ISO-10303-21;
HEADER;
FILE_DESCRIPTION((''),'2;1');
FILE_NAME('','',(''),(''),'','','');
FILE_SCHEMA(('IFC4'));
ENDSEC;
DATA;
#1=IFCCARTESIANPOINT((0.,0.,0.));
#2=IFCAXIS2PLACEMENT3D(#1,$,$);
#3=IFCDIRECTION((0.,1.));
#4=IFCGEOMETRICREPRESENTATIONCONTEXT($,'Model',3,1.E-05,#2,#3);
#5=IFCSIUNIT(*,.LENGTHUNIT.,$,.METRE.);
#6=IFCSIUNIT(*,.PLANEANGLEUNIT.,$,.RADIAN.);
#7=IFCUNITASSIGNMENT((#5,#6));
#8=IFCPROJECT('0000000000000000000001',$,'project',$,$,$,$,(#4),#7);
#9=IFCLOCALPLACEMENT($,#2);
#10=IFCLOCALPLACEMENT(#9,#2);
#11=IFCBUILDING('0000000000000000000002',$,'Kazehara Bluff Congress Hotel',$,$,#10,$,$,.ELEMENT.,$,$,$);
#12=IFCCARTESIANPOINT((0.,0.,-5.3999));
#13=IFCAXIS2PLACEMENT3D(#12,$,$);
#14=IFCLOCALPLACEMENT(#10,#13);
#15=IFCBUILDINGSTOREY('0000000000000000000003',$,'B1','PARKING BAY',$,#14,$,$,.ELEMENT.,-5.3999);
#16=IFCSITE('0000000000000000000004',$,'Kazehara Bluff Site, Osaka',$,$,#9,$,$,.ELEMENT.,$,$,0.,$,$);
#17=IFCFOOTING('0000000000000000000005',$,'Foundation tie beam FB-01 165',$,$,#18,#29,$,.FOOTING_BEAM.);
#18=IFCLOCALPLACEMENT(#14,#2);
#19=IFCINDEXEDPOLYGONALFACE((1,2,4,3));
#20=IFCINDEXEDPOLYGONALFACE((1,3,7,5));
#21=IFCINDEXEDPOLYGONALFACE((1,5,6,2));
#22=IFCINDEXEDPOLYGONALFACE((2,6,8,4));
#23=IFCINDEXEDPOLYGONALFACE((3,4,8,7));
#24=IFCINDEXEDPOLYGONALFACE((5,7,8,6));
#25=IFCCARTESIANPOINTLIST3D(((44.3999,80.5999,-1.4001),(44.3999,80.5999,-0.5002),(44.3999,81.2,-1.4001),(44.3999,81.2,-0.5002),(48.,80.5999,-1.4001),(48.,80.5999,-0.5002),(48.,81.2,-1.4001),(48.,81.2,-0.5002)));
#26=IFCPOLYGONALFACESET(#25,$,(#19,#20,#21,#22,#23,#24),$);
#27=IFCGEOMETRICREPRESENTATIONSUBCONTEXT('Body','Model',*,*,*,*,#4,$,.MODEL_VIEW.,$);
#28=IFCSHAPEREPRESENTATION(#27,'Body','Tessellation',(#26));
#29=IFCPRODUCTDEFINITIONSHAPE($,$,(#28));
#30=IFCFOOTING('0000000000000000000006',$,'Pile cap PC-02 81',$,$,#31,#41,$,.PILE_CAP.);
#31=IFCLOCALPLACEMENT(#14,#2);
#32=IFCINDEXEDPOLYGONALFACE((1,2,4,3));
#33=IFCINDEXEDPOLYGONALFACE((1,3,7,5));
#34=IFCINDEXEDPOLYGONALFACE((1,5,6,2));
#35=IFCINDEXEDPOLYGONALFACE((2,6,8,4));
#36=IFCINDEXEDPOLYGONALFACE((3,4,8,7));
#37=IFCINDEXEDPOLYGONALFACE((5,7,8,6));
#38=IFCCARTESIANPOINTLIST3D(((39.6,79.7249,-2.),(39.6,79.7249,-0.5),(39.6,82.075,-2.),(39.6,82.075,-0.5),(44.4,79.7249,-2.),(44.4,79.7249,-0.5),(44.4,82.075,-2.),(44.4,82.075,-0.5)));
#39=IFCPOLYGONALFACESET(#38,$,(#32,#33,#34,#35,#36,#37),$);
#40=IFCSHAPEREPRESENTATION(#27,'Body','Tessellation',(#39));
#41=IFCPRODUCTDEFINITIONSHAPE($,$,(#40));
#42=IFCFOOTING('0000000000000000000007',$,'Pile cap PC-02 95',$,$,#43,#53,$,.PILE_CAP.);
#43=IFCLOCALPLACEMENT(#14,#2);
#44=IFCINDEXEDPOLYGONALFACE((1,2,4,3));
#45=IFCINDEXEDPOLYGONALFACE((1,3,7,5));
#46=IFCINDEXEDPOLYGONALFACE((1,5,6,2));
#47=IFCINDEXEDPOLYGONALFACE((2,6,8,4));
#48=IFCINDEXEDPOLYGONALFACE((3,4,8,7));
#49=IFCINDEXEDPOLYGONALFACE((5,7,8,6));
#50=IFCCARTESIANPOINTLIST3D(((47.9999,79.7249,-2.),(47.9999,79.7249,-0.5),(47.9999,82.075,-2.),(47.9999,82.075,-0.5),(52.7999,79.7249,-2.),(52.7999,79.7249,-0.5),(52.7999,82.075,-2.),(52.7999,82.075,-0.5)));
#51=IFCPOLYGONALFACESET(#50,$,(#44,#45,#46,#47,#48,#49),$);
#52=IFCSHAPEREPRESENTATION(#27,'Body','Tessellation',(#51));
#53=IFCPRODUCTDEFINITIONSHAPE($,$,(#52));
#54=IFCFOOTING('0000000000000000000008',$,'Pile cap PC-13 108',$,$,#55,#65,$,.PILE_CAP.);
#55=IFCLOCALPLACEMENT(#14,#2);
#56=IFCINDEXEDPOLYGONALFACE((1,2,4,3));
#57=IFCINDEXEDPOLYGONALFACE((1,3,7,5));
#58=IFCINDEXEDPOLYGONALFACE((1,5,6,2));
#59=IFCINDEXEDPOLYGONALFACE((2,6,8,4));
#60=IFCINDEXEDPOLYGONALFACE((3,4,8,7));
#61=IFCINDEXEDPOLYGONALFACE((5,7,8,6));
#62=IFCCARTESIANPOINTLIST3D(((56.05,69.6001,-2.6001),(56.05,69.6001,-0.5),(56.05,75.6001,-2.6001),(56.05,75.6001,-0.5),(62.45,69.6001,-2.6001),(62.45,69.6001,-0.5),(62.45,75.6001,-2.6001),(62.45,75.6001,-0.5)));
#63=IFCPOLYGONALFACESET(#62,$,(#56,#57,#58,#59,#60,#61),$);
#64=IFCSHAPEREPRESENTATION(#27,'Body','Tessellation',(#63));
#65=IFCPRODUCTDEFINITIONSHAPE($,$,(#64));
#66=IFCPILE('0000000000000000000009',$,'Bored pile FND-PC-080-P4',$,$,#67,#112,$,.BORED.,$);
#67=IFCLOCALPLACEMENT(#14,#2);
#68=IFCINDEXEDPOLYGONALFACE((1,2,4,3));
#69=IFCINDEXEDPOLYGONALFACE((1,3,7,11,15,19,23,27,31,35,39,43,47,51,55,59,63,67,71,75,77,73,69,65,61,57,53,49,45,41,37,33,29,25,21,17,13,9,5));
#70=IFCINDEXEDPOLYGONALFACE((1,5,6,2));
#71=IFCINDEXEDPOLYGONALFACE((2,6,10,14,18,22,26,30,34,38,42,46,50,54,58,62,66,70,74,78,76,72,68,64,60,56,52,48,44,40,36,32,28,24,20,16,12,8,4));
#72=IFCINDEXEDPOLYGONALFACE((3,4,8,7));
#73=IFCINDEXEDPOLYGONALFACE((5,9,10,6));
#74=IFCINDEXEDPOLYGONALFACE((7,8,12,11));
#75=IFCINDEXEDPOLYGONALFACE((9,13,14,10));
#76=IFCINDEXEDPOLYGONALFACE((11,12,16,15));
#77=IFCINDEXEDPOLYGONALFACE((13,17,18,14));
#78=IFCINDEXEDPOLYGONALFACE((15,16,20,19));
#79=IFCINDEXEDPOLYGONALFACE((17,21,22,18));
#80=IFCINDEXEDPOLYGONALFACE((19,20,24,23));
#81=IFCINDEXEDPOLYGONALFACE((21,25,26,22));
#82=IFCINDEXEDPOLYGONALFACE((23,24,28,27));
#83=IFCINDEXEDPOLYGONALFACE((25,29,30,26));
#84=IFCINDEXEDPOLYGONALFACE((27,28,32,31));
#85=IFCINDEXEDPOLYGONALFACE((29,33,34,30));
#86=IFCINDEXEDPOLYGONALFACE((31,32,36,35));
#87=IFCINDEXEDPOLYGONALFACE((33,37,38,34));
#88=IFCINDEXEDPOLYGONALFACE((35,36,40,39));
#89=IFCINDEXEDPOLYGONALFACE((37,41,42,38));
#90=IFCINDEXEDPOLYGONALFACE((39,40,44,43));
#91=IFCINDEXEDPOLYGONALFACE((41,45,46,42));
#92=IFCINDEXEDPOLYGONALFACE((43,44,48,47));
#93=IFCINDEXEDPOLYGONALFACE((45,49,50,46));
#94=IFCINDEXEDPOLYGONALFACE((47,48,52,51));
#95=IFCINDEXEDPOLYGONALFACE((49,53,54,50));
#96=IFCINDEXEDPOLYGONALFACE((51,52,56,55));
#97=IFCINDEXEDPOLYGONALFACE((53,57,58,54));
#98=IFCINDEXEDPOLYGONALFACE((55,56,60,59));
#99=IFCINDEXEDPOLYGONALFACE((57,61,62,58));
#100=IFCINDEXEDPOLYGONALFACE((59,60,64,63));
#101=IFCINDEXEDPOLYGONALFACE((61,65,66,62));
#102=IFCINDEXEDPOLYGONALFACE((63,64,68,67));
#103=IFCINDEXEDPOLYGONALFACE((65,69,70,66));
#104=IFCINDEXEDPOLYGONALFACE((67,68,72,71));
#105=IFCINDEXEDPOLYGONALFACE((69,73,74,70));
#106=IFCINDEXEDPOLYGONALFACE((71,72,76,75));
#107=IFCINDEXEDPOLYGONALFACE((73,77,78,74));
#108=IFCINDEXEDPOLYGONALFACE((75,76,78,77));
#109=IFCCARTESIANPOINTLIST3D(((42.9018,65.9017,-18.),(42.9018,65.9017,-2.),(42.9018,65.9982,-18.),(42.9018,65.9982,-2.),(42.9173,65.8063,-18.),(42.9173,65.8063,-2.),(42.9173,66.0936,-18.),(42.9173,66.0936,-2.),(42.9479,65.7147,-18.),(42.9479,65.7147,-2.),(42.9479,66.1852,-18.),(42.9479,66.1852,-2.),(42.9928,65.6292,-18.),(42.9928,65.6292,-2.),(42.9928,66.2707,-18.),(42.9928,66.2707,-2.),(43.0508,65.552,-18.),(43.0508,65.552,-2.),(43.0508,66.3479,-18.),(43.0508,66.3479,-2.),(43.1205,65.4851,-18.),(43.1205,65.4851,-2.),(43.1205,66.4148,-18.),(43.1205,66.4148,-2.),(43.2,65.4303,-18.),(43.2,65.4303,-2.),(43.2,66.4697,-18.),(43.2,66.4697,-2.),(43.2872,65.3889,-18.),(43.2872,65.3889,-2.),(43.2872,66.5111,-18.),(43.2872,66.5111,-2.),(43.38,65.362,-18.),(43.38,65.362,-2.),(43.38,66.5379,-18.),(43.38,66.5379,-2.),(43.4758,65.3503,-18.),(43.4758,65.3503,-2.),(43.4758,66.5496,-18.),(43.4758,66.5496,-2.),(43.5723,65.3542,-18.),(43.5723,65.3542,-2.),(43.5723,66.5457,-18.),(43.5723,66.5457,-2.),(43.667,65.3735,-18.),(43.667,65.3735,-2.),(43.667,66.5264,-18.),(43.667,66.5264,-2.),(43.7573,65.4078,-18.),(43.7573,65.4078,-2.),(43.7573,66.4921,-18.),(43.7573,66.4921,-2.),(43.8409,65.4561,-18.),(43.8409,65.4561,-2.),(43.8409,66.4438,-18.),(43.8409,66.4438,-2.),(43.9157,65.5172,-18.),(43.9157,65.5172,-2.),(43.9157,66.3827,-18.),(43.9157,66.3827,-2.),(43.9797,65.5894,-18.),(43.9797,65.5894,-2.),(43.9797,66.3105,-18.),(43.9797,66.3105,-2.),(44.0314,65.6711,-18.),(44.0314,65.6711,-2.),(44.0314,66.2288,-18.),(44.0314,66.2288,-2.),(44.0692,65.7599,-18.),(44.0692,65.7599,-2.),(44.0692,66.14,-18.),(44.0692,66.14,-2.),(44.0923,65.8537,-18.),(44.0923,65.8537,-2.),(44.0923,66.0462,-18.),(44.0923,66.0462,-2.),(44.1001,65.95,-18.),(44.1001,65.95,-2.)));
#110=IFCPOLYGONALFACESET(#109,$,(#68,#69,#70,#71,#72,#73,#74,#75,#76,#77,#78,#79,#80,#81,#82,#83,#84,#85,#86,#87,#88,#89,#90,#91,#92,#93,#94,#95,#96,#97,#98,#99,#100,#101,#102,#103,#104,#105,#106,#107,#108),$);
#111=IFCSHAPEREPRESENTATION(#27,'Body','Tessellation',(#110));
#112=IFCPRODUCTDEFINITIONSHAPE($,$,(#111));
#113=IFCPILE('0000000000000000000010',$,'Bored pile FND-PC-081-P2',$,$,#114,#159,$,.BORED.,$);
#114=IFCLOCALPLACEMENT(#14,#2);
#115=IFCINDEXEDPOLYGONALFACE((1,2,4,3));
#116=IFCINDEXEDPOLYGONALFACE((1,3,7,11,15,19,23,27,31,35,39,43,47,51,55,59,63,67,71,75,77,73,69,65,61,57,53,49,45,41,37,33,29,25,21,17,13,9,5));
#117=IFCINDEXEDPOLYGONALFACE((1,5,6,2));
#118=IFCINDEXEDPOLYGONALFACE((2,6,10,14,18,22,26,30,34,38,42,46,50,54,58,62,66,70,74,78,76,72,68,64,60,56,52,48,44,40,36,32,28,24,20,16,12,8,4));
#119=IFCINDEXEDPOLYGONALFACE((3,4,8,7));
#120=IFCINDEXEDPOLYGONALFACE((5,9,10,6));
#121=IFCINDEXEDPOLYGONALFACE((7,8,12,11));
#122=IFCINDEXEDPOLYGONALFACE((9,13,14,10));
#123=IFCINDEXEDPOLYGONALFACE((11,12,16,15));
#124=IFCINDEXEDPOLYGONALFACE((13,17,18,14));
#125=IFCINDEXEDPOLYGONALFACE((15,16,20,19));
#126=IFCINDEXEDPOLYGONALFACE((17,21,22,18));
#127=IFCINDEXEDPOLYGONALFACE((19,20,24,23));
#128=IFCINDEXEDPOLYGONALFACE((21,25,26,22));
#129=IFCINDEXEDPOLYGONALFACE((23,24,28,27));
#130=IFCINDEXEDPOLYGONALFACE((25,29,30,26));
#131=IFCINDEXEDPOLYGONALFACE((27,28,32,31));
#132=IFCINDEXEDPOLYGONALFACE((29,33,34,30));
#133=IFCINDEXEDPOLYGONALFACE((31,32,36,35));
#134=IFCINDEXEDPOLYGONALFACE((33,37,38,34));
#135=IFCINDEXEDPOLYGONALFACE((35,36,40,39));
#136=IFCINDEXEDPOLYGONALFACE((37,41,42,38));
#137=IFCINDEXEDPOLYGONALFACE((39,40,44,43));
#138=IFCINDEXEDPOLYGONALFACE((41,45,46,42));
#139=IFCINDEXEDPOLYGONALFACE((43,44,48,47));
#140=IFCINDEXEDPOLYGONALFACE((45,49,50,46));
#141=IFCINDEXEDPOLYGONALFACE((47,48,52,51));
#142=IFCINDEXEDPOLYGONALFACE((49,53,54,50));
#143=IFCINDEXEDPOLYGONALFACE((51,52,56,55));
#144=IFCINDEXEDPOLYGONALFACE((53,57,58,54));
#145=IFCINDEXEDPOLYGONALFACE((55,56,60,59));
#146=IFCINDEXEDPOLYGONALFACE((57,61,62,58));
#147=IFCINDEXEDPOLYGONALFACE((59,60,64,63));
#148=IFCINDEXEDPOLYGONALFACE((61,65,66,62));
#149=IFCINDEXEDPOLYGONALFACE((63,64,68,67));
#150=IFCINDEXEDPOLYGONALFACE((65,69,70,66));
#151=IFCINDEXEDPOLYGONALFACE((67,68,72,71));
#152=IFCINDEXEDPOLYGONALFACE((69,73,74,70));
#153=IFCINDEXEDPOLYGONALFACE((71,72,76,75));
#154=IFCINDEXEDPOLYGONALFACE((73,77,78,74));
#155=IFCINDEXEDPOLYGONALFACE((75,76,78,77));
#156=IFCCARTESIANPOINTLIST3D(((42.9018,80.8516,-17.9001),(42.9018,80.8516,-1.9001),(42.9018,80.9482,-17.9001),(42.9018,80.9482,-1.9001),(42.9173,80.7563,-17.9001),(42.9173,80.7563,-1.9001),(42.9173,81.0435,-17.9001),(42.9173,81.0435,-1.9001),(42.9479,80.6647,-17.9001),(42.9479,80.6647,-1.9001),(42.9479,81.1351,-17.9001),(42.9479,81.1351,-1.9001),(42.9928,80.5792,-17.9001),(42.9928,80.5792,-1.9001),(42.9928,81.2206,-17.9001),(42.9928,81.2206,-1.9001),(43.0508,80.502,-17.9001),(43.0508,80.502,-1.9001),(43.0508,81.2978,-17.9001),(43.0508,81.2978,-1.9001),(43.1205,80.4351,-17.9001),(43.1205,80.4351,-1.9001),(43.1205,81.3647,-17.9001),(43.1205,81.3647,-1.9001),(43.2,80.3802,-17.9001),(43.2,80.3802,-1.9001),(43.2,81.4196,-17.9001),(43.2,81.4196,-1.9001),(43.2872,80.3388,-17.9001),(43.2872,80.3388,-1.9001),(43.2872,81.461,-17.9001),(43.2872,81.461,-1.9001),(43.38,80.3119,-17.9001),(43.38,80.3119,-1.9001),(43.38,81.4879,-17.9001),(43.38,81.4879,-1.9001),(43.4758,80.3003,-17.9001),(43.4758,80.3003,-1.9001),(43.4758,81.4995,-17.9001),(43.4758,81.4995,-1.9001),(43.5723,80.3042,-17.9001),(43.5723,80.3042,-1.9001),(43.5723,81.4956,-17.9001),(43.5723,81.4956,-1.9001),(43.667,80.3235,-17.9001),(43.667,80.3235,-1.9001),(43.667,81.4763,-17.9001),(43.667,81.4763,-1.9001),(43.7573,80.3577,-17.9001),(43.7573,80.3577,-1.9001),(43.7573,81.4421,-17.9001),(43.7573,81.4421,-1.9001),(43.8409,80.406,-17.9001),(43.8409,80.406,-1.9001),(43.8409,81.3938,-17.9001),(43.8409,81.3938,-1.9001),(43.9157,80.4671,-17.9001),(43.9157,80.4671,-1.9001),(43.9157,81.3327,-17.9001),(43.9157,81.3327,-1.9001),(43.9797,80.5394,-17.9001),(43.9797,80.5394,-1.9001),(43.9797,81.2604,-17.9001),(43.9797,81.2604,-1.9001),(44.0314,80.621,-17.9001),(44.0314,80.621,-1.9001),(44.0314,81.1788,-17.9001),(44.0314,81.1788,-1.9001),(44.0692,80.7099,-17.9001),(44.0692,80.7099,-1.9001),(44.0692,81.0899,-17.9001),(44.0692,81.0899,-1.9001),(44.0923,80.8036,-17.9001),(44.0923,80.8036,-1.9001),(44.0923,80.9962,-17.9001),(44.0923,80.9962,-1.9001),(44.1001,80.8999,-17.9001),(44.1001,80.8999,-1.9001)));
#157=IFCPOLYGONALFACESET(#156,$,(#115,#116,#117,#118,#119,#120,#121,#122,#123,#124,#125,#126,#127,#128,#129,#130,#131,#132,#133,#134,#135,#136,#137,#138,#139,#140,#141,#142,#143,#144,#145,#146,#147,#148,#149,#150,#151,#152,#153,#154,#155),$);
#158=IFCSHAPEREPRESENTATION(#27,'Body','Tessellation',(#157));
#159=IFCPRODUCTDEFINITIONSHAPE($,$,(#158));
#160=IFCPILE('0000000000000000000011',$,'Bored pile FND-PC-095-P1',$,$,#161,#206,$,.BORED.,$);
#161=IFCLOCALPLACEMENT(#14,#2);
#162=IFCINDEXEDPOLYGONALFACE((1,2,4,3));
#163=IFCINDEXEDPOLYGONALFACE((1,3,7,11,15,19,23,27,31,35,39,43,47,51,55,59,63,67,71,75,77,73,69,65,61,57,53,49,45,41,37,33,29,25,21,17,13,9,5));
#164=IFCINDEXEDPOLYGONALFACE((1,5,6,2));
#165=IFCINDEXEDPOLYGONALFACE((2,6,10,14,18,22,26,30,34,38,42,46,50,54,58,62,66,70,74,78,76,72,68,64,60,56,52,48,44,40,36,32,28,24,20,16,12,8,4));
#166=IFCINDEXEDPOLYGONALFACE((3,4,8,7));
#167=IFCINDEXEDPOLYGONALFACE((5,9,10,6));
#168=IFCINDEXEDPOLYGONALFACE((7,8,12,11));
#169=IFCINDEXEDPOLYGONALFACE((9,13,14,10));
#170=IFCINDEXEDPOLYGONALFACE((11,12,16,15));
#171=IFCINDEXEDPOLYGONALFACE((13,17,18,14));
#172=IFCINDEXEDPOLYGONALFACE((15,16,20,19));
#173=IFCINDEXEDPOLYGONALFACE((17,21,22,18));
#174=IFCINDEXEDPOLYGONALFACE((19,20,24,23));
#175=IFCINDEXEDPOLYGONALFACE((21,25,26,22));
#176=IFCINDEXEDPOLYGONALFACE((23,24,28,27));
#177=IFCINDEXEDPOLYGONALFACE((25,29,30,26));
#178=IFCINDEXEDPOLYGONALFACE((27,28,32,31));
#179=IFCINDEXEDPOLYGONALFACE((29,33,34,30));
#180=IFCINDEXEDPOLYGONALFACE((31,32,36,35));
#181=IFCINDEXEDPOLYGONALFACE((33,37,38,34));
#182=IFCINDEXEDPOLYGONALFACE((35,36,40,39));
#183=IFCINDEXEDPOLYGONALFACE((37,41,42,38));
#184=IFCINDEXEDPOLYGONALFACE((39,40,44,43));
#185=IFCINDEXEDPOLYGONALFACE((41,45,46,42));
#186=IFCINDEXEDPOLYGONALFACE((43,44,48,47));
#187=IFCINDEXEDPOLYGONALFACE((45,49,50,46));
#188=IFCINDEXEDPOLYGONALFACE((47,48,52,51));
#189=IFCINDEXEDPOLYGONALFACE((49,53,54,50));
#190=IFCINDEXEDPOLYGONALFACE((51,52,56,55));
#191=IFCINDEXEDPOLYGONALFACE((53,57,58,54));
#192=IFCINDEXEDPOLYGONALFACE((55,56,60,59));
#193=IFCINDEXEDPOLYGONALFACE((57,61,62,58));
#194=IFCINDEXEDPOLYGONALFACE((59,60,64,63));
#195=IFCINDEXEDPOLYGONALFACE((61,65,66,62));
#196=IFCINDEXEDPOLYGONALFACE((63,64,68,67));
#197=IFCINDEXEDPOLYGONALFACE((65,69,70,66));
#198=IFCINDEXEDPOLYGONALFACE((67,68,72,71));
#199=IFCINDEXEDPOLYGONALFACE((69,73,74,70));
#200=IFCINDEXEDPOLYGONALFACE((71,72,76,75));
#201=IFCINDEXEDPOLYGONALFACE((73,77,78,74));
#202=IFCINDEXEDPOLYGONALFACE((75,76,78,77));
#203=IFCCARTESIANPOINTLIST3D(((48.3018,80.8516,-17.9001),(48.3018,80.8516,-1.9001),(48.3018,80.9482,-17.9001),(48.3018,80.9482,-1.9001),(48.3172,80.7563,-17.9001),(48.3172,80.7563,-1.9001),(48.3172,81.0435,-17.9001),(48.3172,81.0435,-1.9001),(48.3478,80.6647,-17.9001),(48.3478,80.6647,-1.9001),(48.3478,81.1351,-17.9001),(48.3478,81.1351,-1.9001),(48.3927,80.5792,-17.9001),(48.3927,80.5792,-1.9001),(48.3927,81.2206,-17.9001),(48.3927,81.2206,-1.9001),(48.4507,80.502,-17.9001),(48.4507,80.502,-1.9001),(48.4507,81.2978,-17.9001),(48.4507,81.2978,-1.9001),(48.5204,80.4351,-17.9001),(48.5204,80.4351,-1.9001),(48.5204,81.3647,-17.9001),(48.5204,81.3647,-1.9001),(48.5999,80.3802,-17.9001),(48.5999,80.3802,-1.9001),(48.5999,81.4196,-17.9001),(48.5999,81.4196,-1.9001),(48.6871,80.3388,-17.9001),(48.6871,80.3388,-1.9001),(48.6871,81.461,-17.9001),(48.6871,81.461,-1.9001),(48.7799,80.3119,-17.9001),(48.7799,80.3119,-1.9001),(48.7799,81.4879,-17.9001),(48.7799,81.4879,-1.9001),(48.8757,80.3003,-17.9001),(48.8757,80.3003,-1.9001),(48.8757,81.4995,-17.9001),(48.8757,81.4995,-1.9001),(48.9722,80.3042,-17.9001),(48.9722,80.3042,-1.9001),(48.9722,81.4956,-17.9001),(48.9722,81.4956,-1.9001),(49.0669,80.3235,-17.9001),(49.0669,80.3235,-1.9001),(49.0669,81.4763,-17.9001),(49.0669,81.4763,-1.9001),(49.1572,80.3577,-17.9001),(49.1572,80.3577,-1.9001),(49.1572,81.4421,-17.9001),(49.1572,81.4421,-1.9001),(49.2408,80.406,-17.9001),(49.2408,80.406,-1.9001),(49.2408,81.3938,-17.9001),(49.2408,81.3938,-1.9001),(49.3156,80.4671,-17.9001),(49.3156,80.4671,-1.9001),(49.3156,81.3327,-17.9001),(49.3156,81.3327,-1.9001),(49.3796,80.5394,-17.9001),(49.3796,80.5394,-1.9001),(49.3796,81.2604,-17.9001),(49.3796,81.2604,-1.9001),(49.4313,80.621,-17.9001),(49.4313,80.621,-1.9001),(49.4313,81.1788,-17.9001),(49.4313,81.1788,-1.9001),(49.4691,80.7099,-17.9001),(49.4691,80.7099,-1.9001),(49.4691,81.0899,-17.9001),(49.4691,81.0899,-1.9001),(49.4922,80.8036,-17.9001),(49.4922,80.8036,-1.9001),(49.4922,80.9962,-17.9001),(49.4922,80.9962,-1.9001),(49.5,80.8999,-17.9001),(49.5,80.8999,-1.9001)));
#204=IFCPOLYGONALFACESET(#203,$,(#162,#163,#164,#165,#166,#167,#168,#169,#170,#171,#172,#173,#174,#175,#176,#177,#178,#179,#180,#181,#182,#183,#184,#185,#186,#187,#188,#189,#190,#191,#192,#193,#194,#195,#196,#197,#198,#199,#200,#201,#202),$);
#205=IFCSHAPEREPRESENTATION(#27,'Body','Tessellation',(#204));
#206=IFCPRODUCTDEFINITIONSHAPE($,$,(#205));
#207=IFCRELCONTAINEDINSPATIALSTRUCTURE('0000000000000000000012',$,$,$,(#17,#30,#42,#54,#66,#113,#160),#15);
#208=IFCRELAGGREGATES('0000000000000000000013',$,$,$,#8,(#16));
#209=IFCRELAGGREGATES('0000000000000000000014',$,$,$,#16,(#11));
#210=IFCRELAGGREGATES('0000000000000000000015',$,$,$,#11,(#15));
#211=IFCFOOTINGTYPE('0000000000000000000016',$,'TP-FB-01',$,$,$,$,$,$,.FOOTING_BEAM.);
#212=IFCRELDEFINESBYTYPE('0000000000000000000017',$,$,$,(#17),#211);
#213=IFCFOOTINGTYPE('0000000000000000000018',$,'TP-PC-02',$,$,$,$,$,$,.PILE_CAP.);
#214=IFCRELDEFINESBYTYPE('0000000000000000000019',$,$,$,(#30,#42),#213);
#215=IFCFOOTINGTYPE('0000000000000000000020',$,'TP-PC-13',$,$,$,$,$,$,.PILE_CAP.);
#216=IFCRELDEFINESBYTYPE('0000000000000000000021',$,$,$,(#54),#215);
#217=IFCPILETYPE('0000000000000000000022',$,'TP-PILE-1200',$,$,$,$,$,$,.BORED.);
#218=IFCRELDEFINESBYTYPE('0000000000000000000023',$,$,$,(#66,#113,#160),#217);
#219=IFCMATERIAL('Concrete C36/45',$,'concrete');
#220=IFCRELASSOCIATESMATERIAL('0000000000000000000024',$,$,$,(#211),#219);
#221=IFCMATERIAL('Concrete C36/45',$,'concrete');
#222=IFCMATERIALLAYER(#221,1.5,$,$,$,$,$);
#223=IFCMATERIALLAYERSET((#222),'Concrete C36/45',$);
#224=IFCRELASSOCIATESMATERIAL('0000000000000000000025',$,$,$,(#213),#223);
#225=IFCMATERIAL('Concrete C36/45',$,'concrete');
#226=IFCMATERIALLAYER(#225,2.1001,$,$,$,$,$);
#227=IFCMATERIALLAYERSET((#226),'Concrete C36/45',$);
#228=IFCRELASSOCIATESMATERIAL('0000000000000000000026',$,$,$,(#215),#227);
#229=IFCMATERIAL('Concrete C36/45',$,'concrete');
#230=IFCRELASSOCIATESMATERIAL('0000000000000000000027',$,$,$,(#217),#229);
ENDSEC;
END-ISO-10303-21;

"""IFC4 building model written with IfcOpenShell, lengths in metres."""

from ifc_helpers import new_model, si_unit, direction, frame, origin, origin_2d, place, context, subcontext, project, spatial, rectangle, circle, extrude, material, layer, layer_set, material_profile, profile_set, type_object, element, save


model = new_model("IFC4")

# Units and contexts
model_context = context("Model", 3, precision=1e-05, world=origin(), true_north=direction((0.0, 1.0)))
body_context = subcontext(model_context, "Body", "Model", "MODEL_VIEW")
ifc_project = project(units=[si_unit("LENGTHUNIT", "METRE"), si_unit("PLANEANGLEUNIT", "RADIAN")], contexts=[model_context])

# Site, building, storey
site_placement = place(None, origin())
site = spatial("IfcSite", under=ifc_project, at=site_placement, Name="Kazehara Bluff Site, Osaka", CompositionType="ELEMENT", RefElevation=0.0)
building_placement = place(site_placement, origin())
building = spatial("IfcBuilding", under=site, at=building_placement, Name="Kazehara Bluff Congress Hotel", CompositionType="ELEMENT")
storey_placement = place(building_placement, frame((0.0, 0.0, -5.3999)))
storey = spatial("IfcBuildingStorey", under=building, at=storey_placement, Name="B1", Description="PARKING BAY", CompositionType="ELEMENT", Elevation=-5.3999)

# Footings
ifc_material_1 = material(Name="Concrete C36/45", Category="concrete")
ifc_material_profile_1 = material_profile(ifc_material_1, rectangle(XDim=0.6001, YDim=0.8999, at=origin_2d()))
ifc_profile_set_1 = profile_set([ifc_material_profile_1], Name="Concrete C36/45")
footing_type_1 = type_object("IfcFootingType", Name="TP-FB-01", PredefinedType="FOOTING_BEAM", material=ifc_profile_set_1)
footing_1_placement = place(storey_placement, frame((44.3999, 80.8999, -0.9502), z_axis=(1.0, 0.0, 0.0), x_axis=(0.0, 1.0, 0.0)))
element("IfcFooting", 1, at=footing_1_placement, inside=storey, type_object=footing_type_1, Name="Foundation tie beam FB-01 165", PredefinedType="FOOTING_BEAM", context=body_context, shape_type="SweptSolid", body=[
    extrude(rectangle(XDim=0.6001, YDim=0.8999, at=origin_2d()), origin(), (0.0, 0.0, 1.0), 3.6001),
])
ifc_material_2 = material(Name="Concrete C36/45", Category="concrete")
ifc_layer_1 = layer(ifc_material_2, 1.5)
ifc_layer_set_1 = layer_set([ifc_layer_1], Name="Concrete C36/45")
footing_type_2 = type_object("IfcFootingType", Name="TP-PC-02", PredefinedType="PILE_CAP", material=ifc_layer_set_1)
for number, where, z_axis, x_axis, name in (
    (2, (42.0, 80.8999, -2.0), (0.0, 0.0, 1.0), (1.0, 0.0, 0.0), "Pile cap PC-02 81"),
    (3, (50.3999, 80.8999, -2.0), (0.0, 0.0, 1.0), (1.0, 0.0, 0.0), "Pile cap PC-02 95"),
):
    element("IfcFooting", number, at=place(storey_placement, frame(where, z_axis=z_axis, x_axis=x_axis)), inside=storey, type_object=footing_type_2, Name=name, PredefinedType="PILE_CAP", context=body_context, shape_type="SweptSolid", body=[
        extrude(rectangle(XDim=4.8, YDim=2.3501, at=origin_2d()), origin(), (0.0, 0.0, 1.0), 1.5),
    ])
ifc_material_3 = material(Name="Concrete C36/45", Category="concrete")
ifc_layer_2 = layer(ifc_material_3, 2.1001)
ifc_layer_set_2 = layer_set([ifc_layer_2], Name="Concrete C36/45")
footing_type_3 = type_object("IfcFootingType", Name="TP-PC-13", PredefinedType="PILE_CAP", material=ifc_layer_set_2)
footing_2_placement = place(storey_placement, frame((59.25, 72.6001, -2.6001), z_axis=(0.0, 0.0, 1.0), x_axis=(1.0, 0.0, 0.0)))
element("IfcFooting", 4, at=footing_2_placement, inside=storey, type_object=footing_type_3, Name="Pile cap PC-13 108", PredefinedType="PILE_CAP", context=body_context, shape_type="SweptSolid", body=[
    extrude(rectangle(XDim=6.3999, YDim=6.0, at=origin_2d()), origin(), (0.0, 0.0, 1.0), 2.1001),
])

# Piles
ifc_material_4 = material(Name="Concrete C36/45", Category="concrete")
ifc_material_profile_2 = material_profile(ifc_material_4, circle(Radius=0.6001, at=origin_2d()))
ifc_profile_set_2 = profile_set([ifc_material_profile_2], Name="Concrete C36/45")
pile_type_1 = type_object("IfcPileType", Name="TP-PILE-1200", PredefinedType="BORED", material=ifc_profile_set_2)
for number, where, z_axis, x_axis, name in (
    (5, (43.5, 65.95, -2.0), (0.0, 0.0, -1.0), (1.0, 0.0, 0.0), "Bored pile FND-PC-080-P4"),
    (6, (43.5, 80.8999, -1.9001), (0.0, 0.0, -1.0), (1.0, 0.0, 0.0), "Bored pile FND-PC-081-P2"),
    (7, (48.8999, 80.8999, -1.9001), (0.0, 0.0, -1.0), (1.0, 0.0, 0.0), "Bored pile FND-PC-095-P1"),
):
    element("IfcPile", number, at=place(storey_placement, frame(where, z_axis=z_axis, x_axis=x_axis)), inside=storey, type_object=pile_type_1, Name=name, PredefinedType="BORED", context=body_context, shape_type="SweptSolid", body=[
        extrude(circle(Radius=0.6001, at=origin_2d()), origin(), (0.0, 0.0, 1.0), 16.0),
    ])

save(model, "model.ifc")
